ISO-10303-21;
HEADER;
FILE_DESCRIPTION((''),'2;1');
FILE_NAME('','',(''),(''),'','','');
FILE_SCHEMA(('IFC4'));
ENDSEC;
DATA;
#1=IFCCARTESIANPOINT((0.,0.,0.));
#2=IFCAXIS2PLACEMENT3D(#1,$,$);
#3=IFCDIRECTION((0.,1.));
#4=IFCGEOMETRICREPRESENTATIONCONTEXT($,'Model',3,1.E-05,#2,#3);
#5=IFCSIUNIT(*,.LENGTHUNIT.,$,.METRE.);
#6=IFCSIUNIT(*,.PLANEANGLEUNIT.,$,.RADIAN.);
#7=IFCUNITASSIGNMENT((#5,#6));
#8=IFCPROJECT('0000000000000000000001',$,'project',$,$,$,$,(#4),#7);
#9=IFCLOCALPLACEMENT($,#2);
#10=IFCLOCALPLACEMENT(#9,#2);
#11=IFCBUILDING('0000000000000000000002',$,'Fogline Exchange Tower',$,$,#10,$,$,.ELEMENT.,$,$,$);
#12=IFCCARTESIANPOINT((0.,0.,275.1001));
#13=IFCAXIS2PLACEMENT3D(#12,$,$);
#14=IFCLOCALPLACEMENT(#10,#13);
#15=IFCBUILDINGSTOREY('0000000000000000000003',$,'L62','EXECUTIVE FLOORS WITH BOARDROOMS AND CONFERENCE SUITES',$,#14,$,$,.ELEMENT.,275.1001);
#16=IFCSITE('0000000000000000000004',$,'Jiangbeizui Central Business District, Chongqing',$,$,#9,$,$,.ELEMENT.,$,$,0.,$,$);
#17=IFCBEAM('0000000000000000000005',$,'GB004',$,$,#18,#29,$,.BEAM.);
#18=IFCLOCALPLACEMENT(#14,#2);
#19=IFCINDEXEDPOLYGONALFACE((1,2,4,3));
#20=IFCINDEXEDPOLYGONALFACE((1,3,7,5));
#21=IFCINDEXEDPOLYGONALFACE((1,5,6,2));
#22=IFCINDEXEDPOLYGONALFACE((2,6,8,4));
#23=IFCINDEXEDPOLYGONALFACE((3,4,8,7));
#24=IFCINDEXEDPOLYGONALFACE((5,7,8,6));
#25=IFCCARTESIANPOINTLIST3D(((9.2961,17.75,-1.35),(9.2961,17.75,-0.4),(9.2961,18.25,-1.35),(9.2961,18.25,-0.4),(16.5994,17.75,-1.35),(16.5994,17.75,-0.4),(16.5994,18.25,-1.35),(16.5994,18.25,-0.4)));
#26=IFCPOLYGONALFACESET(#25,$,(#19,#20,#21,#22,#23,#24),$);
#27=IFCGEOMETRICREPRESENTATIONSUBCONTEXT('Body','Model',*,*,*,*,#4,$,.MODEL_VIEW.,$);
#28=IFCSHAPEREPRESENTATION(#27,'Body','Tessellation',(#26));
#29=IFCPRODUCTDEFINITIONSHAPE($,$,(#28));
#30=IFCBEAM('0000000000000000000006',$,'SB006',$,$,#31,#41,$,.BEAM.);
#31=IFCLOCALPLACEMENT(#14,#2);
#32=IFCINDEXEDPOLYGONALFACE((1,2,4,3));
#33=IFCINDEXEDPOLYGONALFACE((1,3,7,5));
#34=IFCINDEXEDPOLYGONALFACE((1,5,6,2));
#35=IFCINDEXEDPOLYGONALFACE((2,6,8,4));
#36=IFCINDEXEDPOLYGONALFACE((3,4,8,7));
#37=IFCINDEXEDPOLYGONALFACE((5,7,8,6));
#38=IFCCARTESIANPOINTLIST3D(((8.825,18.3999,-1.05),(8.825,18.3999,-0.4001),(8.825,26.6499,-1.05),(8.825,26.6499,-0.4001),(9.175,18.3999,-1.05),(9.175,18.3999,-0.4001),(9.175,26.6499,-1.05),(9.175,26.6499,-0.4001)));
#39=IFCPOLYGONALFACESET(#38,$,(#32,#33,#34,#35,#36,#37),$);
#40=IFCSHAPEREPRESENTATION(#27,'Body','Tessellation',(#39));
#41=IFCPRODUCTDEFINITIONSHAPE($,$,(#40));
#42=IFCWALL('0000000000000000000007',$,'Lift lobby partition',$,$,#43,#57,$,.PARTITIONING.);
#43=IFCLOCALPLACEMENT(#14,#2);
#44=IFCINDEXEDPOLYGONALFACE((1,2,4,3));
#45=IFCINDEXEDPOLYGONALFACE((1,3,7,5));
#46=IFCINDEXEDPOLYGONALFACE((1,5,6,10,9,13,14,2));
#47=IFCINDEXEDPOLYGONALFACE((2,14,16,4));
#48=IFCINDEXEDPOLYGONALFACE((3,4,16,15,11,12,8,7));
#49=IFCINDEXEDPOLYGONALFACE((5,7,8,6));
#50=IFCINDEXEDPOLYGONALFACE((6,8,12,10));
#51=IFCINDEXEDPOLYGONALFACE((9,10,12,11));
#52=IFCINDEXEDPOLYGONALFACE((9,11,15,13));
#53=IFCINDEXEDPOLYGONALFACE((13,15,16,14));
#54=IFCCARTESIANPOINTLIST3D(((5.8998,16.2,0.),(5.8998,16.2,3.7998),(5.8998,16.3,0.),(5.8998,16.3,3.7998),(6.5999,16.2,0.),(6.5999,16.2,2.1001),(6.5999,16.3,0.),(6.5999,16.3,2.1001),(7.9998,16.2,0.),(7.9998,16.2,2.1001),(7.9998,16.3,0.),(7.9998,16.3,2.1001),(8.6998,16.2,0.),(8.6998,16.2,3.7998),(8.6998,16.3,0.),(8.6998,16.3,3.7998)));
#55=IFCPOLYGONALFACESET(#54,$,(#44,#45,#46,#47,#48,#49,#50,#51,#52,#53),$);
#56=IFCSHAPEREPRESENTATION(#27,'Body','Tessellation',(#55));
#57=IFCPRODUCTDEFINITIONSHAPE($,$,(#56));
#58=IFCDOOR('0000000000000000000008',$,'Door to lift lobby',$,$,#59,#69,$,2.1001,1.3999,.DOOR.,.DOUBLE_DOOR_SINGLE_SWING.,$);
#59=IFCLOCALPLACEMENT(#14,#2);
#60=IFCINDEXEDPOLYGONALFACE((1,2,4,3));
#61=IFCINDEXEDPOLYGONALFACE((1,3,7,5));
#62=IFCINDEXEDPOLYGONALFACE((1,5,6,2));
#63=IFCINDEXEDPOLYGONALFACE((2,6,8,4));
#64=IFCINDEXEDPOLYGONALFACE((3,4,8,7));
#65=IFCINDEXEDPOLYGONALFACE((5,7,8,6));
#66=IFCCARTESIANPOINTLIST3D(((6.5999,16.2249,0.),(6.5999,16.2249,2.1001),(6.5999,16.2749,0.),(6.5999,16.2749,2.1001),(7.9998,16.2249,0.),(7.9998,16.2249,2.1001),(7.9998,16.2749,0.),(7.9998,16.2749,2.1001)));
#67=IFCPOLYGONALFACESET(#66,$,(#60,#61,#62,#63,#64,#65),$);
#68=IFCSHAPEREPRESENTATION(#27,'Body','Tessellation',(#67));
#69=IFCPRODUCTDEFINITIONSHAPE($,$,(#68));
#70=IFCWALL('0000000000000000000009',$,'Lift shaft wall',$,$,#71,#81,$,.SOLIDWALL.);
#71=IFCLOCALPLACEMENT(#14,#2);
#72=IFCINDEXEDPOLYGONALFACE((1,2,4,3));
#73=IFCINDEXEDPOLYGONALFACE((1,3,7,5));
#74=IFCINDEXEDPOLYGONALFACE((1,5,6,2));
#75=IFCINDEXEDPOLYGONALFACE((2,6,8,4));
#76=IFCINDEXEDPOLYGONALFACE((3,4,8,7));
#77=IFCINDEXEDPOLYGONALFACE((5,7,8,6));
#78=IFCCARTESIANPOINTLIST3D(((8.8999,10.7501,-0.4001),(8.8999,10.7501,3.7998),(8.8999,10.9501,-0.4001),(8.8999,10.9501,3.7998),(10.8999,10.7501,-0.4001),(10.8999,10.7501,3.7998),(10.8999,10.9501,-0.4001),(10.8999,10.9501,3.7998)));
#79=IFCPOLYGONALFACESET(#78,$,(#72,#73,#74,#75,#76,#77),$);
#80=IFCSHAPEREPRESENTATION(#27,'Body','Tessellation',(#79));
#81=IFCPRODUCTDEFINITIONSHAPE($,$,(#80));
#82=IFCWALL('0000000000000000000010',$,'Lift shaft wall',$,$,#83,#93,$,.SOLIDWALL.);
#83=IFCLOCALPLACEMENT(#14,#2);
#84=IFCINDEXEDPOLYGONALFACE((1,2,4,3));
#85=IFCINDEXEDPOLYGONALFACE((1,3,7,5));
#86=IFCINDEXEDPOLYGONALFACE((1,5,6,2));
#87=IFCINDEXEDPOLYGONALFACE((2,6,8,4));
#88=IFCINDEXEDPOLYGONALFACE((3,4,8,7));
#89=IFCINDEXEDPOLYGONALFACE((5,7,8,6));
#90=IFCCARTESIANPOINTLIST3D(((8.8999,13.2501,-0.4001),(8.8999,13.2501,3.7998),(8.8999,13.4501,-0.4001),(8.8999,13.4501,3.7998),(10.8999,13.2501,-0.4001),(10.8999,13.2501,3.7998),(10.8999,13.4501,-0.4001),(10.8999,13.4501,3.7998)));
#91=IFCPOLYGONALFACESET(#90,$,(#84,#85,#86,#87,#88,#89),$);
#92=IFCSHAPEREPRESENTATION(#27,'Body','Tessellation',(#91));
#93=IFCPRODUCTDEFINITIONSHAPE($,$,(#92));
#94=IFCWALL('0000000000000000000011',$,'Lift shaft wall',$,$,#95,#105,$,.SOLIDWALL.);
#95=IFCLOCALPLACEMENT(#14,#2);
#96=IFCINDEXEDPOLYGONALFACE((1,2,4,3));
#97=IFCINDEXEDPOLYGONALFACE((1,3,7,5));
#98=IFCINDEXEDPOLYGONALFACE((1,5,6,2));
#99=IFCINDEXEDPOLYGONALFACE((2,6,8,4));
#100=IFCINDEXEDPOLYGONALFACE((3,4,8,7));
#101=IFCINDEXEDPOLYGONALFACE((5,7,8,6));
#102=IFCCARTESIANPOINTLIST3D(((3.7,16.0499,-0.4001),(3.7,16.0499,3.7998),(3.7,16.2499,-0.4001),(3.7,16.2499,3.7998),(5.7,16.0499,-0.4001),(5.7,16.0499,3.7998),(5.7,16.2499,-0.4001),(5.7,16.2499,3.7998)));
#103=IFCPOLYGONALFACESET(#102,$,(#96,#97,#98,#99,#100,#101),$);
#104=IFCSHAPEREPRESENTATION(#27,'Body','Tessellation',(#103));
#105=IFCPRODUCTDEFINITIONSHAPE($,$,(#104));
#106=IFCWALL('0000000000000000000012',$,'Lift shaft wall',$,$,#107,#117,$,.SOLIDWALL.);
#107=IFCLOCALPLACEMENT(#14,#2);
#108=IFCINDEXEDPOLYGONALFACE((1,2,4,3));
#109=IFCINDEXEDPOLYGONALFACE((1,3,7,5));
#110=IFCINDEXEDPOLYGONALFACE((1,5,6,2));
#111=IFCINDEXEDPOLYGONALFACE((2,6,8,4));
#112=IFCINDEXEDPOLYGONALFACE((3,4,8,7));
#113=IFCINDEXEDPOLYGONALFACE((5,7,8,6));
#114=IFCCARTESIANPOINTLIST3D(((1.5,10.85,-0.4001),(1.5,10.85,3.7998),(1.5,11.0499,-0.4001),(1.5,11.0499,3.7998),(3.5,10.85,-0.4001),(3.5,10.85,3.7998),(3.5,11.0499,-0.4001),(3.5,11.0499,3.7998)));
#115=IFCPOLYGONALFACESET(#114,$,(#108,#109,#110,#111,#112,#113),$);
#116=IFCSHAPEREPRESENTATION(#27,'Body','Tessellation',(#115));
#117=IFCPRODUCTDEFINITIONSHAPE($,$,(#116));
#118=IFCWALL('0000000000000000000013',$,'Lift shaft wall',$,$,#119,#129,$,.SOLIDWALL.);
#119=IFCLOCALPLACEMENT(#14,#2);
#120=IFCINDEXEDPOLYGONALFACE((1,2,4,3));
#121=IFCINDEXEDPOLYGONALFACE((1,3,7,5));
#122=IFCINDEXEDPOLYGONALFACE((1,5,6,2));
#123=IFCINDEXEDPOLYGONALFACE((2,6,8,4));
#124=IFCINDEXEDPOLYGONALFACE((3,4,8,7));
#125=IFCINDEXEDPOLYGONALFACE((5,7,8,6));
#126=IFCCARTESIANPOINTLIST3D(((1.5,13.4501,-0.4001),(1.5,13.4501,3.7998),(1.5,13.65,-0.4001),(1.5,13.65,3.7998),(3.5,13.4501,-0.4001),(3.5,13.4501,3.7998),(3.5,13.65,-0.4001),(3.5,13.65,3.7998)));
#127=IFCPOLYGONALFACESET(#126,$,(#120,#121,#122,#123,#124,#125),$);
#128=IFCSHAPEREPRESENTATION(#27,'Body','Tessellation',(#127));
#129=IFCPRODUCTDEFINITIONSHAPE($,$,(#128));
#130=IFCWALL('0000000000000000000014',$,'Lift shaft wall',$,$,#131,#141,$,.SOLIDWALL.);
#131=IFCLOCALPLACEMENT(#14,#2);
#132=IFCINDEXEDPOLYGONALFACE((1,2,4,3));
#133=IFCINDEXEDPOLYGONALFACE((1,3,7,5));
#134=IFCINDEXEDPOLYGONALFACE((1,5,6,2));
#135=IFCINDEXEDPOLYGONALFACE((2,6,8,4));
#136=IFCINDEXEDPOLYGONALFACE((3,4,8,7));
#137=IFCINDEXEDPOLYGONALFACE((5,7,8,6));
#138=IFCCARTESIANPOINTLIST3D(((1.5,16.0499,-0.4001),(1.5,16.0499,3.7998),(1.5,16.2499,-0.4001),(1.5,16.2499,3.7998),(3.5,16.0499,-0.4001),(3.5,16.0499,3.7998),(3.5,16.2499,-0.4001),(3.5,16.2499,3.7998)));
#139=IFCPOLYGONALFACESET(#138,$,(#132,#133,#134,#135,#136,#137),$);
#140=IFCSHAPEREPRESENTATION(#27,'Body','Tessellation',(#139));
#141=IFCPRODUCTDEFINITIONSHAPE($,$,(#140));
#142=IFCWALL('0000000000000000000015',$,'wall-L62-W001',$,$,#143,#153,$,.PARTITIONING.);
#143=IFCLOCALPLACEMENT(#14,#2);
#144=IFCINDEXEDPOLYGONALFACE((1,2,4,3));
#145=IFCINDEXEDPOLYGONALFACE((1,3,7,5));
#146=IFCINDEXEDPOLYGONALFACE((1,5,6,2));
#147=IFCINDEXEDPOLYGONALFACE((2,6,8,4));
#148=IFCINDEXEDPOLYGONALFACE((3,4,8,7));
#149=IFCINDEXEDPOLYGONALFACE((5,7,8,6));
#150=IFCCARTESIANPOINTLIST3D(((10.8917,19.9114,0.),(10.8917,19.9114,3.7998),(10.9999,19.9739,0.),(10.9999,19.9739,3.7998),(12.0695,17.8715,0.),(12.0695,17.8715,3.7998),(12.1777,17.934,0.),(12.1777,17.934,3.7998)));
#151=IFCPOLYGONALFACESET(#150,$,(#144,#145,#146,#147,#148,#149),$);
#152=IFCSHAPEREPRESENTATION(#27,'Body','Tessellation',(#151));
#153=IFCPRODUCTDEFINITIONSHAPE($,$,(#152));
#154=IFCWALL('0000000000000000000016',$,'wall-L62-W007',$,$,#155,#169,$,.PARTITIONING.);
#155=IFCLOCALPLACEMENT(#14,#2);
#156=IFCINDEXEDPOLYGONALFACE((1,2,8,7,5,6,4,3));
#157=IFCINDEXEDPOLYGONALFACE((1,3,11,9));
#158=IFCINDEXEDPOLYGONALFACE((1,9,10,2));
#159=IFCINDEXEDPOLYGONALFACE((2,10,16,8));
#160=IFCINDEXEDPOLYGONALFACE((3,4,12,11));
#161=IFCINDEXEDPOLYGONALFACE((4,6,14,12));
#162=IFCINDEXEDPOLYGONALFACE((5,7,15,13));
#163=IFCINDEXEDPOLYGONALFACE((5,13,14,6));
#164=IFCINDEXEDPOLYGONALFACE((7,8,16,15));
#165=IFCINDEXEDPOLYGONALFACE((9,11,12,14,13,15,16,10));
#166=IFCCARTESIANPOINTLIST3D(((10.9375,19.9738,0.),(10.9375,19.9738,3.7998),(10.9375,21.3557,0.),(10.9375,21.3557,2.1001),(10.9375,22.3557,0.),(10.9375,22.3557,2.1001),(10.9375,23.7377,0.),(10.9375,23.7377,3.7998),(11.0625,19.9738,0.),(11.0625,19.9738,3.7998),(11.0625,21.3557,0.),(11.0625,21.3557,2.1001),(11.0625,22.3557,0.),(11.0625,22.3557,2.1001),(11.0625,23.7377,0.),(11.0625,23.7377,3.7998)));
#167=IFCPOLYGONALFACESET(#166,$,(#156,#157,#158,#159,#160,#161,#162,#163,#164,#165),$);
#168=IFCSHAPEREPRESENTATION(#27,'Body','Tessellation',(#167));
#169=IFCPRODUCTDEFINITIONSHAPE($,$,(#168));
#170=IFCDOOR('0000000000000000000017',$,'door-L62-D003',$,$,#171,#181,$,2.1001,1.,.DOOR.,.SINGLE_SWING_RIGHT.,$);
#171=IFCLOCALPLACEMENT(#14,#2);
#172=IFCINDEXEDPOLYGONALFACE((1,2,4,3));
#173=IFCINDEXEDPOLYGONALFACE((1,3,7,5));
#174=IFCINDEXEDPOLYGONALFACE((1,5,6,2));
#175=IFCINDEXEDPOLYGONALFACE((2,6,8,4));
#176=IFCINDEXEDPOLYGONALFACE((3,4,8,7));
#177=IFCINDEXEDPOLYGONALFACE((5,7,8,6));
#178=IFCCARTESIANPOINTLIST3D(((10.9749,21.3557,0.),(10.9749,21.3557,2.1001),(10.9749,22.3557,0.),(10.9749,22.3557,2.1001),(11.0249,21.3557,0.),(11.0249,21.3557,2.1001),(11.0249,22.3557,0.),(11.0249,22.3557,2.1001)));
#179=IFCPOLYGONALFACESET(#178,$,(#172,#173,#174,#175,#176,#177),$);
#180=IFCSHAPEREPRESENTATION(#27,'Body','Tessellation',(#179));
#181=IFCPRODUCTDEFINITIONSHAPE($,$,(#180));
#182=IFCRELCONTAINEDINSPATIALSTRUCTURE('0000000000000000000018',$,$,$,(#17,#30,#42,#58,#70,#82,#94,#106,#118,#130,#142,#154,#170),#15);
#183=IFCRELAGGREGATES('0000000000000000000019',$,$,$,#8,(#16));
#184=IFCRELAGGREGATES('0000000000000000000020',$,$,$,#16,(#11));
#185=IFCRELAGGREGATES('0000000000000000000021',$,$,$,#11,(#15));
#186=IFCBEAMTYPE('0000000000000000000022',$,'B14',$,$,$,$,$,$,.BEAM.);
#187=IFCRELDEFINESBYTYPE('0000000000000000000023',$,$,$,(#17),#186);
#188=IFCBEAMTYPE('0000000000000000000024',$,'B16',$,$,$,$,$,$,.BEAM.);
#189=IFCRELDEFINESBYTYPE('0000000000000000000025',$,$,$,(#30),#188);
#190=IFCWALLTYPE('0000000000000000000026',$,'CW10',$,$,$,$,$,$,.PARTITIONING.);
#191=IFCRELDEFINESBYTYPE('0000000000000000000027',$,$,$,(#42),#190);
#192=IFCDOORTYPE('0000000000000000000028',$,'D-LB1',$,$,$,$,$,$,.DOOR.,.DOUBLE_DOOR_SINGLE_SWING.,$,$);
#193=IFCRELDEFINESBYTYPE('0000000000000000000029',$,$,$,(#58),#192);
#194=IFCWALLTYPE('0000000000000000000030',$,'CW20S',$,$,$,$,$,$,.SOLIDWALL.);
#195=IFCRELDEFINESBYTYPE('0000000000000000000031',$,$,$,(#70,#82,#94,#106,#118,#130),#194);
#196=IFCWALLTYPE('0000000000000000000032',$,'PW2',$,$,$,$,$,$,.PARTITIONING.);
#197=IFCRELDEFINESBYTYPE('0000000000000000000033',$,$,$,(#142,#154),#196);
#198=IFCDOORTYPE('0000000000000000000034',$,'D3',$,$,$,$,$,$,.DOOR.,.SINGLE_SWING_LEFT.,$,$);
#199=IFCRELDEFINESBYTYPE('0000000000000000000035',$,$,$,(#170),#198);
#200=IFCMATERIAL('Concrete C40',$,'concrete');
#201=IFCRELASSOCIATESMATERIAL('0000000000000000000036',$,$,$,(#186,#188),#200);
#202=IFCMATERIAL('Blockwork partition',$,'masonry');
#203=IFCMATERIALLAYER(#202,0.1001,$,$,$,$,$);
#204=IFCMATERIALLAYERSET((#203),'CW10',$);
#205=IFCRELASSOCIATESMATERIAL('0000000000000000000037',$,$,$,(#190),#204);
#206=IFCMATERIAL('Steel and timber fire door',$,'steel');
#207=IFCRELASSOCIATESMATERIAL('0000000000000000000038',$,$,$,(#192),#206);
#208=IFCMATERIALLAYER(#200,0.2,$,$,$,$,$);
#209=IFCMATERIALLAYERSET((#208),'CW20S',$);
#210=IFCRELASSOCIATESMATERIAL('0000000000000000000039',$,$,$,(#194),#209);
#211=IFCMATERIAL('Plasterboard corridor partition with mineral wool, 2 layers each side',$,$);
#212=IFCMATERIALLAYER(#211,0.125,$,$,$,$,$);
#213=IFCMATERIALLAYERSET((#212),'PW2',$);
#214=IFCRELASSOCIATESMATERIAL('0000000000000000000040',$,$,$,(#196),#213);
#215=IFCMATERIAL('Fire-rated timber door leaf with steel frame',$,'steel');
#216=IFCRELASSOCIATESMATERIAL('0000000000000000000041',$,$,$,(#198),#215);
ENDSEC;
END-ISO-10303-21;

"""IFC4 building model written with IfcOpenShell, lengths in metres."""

from ifc_helpers import new_model, si_unit, direction, frame, frame_2d, origin, origin_2d, place, context, subcontext, project, spatial, rectangle, extrude, material, layer, layer_set, material_profile, profile_set, type_object, element, fill, save


model = new_model("IFC4")

# Units and contexts
model_context = context("Model", 3, precision=1e-05, world=origin(), true_north=direction((0.0, 1.0)))
body_context = subcontext(model_context, "Body", "Model", "MODEL_VIEW")
ifc_project = project(units=[si_unit("LENGTHUNIT", "METRE"), si_unit("PLANEANGLEUNIT", "RADIAN")], contexts=[model_context])

# Site, building, storey
site_placement = place(None, origin())
site = spatial("IfcSite", under=ifc_project, at=site_placement, Name="Jiangbeizui Central Business District, Chongqing", CompositionType="ELEMENT", RefElevation=0.0)
building_placement = place(site_placement, origin())
building = spatial("IfcBuilding", under=site, at=building_placement, Name="Fogline Exchange Tower", CompositionType="ELEMENT")
storey_placement = place(building_placement, frame((0.0, 0.0, 275.1001)))
storey = spatial("IfcBuildingStorey", under=building, at=storey_placement, Name="L62", Description="EXECUTIVE FLOORS WITH BOARDROOMS AND CONFERENCE SUITES", CompositionType="ELEMENT", Elevation=275.1001)

# Beams
ifc_material_1 = material(Name="Concrete C40", Category="concrete")
ifc_material_profile_1 = material_profile(ifc_material_1, rectangle(XDim=0.5, YDim=0.95, at=origin_2d()), Name="RC 500x950")
ifc_profile_set_1 = profile_set([ifc_material_profile_1], Name="Concrete C40")
beam_type_1 = type_object("IfcBeamType", Name="B14", PredefinedType="BEAM", material=ifc_profile_set_1)
beam_1_placement = place(storey_placement, frame((9.2961, 18.0, -0.875), z_axis=(1.0, 0.0, 0.0), x_axis=(0.0, 1.0, 0.0)))
element("IfcBeam", 1, at=beam_1_placement, inside=storey, type_object=beam_type_1, Name="GB004", PredefinedType="BEAM", context=body_context, shape_type="SweptSolid", body=[
    extrude(rectangle(XDim=0.5, YDim=0.95, at=origin_2d()), origin(), (0.0, 0.0, 1.0), 7.3032),
])
ifc_material_profile_2 = material_profile(ifc_material_1, rectangle(XDim=0.3501, YDim=0.6499, at=origin_2d()), Name="RC 350x650")
ifc_profile_set_2 = profile_set([ifc_material_profile_2], Name="Concrete C40")
beam_type_2 = type_object("IfcBeamType", Name="B16", PredefinedType="BEAM", material=ifc_profile_set_2)
beam_2_placement = place(storey_placement, frame((9.0, 18.3999, -0.7251), z_axis=(0.0, 1.0, 0.0), x_axis=(-1.0, 0.0, 0.0)))
element("IfcBeam", 2, at=beam_2_placement, inside=storey, type_object=beam_type_2, Name="SB006", PredefinedType="BEAM", context=body_context, shape_type="SweptSolid", body=[
    extrude(rectangle(XDim=0.3501, YDim=0.6499, at=origin_2d()), origin(), (0.0, 0.0, 1.0), 8.25),
])

# Wall, opening, door
ifc_material_2 = material(Name="Blockwork partition", Category="masonry")
ifc_layer_1 = layer(ifc_material_2, 0.1001)
ifc_layer_set_1 = layer_set([ifc_layer_1], Name="CW10")
wall_type_1 = type_object("IfcWallType", Name="CW10", PredefinedType="PARTITIONING", material=ifc_layer_set_1)
wall_1_placement = place(storey_placement, frame((5.8999, 16.25, 0.0), z_axis=(0.0, 0.0, 1.0), x_axis=(1.0, 0.0, 0.0)))
wall_1 = element("IfcWall", 3, at=wall_1_placement, inside=storey, type_object=wall_type_1, Name="Lift lobby partition", PredefinedType="PARTITIONING", context=body_context, shape_type="SweptSolid", body=[
    extrude(rectangle(XDim=2.8, YDim=0.1001, at=frame_2d((1.3999, 0.0))), origin(), (0.0, 0.0, 1.0), 3.7998),
])
opening_1_placement = place(wall_1_placement, frame((0.7, 0.0, 0.0)))
opening_1 = element("IfcOpeningElement", 4, at=opening_1_placement, cuts=wall_1, PredefinedType="OPENING", context=body_context, shape_type="SweptSolid", body=[
    extrude(rectangle(XDim=1.3999, YDim=2.1001, at=frame_2d((0.7, 1.05))), frame((0.0, 0.0601, 0.0), z_axis=(0.0, -1.0, 0.0), x_axis=(1.0, 0.0, 0.0)), (0.0, 0.0, 1.0), 0.1201),
])
ifc_material_3 = material(Name="Steel and timber fire door", Category="steel")
door_type_1 = type_object("IfcDoorType", Name="D-LB1", OperationType="DOUBLE_DOOR_SINGLE_SWING", PredefinedType="DOOR", material=ifc_material_3)
door_1_placement = place(opening_1_placement, origin())
door_1 = element("IfcDoor", 5, at=door_1_placement, inside=storey, type_object=door_type_1, Name="Door to lift lobby", OperationType="DOUBLE_DOOR_SINGLE_SWING", OverallHeight=2.1001, OverallWidth=1.3999, PredefinedType="DOOR", context=body_context, shape_type="SweptSolid", body=[
    extrude(rectangle(XDim=1.3999, YDim=2.1001, at=frame_2d((0.7, 1.05))), frame((0.0, 0.0249, 0.0), z_axis=(0.0, -1.0, 0.0), x_axis=(1.0, 0.0, 0.0)), (0.0, 0.0, 1.0), 0.05),
])
fill(opening_1, door_1)

# Walls
ifc_layer_2 = layer(ifc_material_1, 0.2)
ifc_layer_set_2 = layer_set([ifc_layer_2], Name="CW20S")
wall_type_2 = type_object("IfcWallType", Name="CW20S", PredefinedType="SOLIDWALL", material=ifc_layer_set_2)
for number, where, z_axis, x_axis, name in (
    (6, (8.8999, 10.8501, -0.4001), (0.0, 0.0, 1.0), (1.0, 0.0, 0.0), "Lift shaft wall"),
    (7, (8.8999, 13.3501, -0.4001), (0.0, 0.0, 1.0), (1.0, 0.0, 0.0), "Lift shaft wall"),
    (8, (3.7, 16.1499, -0.4001), (0.0, 0.0, 1.0), (1.0, 0.0, 0.0), "Lift shaft wall"),
    (9, (1.5, 10.95, -0.4001), (0.0, 0.0, 1.0), (1.0, 0.0, 0.0), "Lift shaft wall"),
    (10, (1.5, 13.55, -0.4001), (0.0, 0.0, 1.0), (1.0, 0.0, 0.0), "Lift shaft wall"),
    (11, (1.5, 16.1499, -0.4001), (0.0, 0.0, 1.0), (1.0, 0.0, 0.0), "Lift shaft wall"),
):
    element("IfcWall", number, at=place(storey_placement, frame(where, z_axis=z_axis, x_axis=x_axis)), inside=storey, type_object=wall_type_2, Name=name, PredefinedType="SOLIDWALL", context=body_context, shape_type="SweptSolid", body=[
        extrude(rectangle(XDim=2.0, YDim=0.2, at=frame_2d((1.0, 0.0))), origin(), (0.0, 0.0, 1.0), 4.2),
    ])
ifc_material_4 = material(Name="Plasterboard corridor partition with mineral wool, 2 layers each side")
ifc_layer_3 = layer(ifc_material_4, 0.125)
ifc_layer_set_3 = layer_set([ifc_layer_3], Name="PW2")
wall_type_3 = type_object("IfcWallType", Name="PW2", PredefinedType="PARTITIONING", material=ifc_layer_set_3)
wall_2_placement = place(storey_placement, frame((10.9458, 19.9426, 0.0), z_axis=(0.0, 0.0, 1.0), x_axis=(0.500019, -0.866015, 0.0)))
element("IfcWall", 12, at=wall_2_placement, inside=storey, type_object=wall_type_3, Name="wall-L62-W001", PredefinedType="PARTITIONING", context=body_context, shape_type="SweptSolid", body=[
    extrude(rectangle(XDim=2.3555, YDim=0.125, at=frame_2d((1.1777, 0.0))), origin(), (0.0, 0.0, 1.0), 3.7998),
])

# Wall, opening, door
wall_3_placement = place(storey_placement, frame((11.0, 23.7375, 0.0), z_axis=(0.0, 0.0, 1.0), x_axis=(0.0, -1.0, 0.0)))
wall_3 = element("IfcWall", 13, at=wall_3_placement, inside=storey, type_object=wall_type_3, Name="wall-L62-W007", PredefinedType="PARTITIONING", context=body_context, shape_type="SweptSolid", body=[
    extrude(rectangle(XDim=3.7639, YDim=0.125, at=frame_2d((1.8818, 0.0))), origin(), (0.0, 0.0, 1.0), 3.7998),
])
opening_2_placement = place(wall_3_placement, frame((1.3818, 0.0, 0.0)))
opening_2 = element("IfcOpeningElement", 14, at=opening_2_placement, cuts=wall_3, PredefinedType="OPENING", context=body_context, shape_type="SweptSolid", body=[
    extrude(rectangle(XDim=1.0, YDim=2.1001, at=frame_2d((0.5, 1.05))), frame((0.0, 0.0725, 0.0), z_axis=(0.0, -1.0, 0.0), x_axis=(1.0, 0.0, 0.0)), (0.0, 0.0, 1.0), 0.145),
])
ifc_material_5 = material(Name="Fire-rated timber door leaf with steel frame", Category="steel")
door_type_2 = type_object("IfcDoorType", Name="D3", OperationType="SINGLE_SWING_LEFT", PredefinedType="DOOR", material=ifc_material_5)
door_2_placement = place(opening_2_placement, origin())
door_2 = element("IfcDoor", 15, at=door_2_placement, inside=storey, type_object=door_type_2, Name="door-L62-D003", OperationType="SINGLE_SWING_RIGHT", OverallHeight=2.1001, OverallWidth=1.0, PredefinedType="DOOR", context=body_context, shape_type="SweptSolid", body=[
    extrude(rectangle(XDim=1.0, YDim=2.1001, at=frame_2d((0.5, 1.05))), frame((0.0, 0.0249, 0.0), z_axis=(0.0, -1.0, 0.0), x_axis=(1.0, 0.0, 0.0)), (0.0, 0.0, 1.0), 0.05),
])
fill(opening_2, door_2)

save(model, "model.ifc")
